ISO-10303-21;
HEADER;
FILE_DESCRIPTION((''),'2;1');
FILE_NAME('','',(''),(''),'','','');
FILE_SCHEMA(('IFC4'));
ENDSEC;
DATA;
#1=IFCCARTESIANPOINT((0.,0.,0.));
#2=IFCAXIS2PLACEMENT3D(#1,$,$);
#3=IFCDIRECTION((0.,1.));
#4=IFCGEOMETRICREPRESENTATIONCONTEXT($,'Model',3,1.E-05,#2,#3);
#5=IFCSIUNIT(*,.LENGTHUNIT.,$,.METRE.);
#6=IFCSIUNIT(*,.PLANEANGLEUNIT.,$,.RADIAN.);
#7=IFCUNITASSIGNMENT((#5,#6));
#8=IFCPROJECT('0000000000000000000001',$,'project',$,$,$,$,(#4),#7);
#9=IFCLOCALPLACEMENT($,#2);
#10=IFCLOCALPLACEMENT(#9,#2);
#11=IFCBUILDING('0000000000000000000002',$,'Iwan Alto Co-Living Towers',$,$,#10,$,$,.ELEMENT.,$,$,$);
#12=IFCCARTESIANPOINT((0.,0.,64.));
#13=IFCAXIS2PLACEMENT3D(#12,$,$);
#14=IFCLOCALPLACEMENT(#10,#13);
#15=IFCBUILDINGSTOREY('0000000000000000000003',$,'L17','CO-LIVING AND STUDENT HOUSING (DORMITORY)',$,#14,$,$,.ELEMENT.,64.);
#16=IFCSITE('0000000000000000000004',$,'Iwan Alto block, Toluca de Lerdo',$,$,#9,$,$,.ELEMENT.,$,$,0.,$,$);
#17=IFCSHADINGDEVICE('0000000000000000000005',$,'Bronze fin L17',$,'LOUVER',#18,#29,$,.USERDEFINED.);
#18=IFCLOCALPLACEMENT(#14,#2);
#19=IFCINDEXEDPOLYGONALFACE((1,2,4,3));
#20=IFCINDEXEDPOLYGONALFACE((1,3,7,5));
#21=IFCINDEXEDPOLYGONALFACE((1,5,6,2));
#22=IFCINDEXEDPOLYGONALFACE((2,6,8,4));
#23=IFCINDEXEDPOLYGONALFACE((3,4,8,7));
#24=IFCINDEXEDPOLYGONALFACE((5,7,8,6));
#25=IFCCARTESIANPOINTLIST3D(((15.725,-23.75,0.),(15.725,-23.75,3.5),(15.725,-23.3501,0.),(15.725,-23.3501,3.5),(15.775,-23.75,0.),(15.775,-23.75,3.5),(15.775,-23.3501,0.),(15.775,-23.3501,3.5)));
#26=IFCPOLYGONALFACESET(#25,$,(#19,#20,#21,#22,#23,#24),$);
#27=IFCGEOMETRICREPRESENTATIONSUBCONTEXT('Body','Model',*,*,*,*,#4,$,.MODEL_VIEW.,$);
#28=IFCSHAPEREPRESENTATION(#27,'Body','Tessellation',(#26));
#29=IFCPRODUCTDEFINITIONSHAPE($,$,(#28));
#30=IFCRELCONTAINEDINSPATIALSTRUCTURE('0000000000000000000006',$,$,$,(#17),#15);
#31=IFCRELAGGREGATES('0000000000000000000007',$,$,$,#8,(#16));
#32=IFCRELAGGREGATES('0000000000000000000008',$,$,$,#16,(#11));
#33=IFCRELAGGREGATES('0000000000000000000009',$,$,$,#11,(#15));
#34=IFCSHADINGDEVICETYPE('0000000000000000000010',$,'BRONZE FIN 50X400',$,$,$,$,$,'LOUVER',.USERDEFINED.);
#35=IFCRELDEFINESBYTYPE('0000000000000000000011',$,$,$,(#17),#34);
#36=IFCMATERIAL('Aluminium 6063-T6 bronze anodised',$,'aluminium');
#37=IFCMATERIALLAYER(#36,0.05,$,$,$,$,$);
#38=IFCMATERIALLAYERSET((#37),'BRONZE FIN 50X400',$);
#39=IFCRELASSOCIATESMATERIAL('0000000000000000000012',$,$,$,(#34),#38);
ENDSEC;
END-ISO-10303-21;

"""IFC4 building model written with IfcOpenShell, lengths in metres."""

from ifc_helpers import new_model, si_unit, direction, frame, origin, origin_2d, place, context, subcontext, project, spatial, rectangle, extrude, material, layer, layer_set, type_object, element, save


model = new_model("IFC4")

# Units and contexts
model_context = context("Model", 3, precision=1e-05, world=origin(), true_north=direction((0.0, 1.0)))
body_context = subcontext(model_context, "Body", "Model", "MODEL_VIEW")
ifc_project = project(units=[si_unit("LENGTHUNIT", "METRE"), si_unit("PLANEANGLEUNIT", "RADIAN")], contexts=[model_context])

# Site, building, storey
site_placement = place(None, origin())
site = spatial("IfcSite", under=ifc_project, at=site_placement, Name="Iwan Alto block, Toluca de Lerdo", CompositionType="ELEMENT", RefElevation=0.0)
building_placement = place(site_placement, origin())
building = spatial("IfcBuilding", under=site, at=building_placement, Name="Iwan Alto Co-Living Towers", CompositionType="ELEMENT")
storey_placement = place(building_placement, frame((0.0, 0.0, 64.0)))
storey = spatial("IfcBuildingStorey", under=building, at=storey_placement, Name="L17", Description="CO-LIVING AND STUDENT HOUSING (DORMITORY)", CompositionType="ELEMENT", Elevation=64.0)

# Shading device
ifc_material_1 = material(Name="Aluminium 6063-T6 bronze anodised", Category="aluminium")
ifc_layer_1 = layer(ifc_material_1, 0.05)
ifc_layer_set_1 = layer_set([ifc_layer_1], Name="BRONZE FIN 50X400")
shading_device_type = type_object("IfcShadingDeviceType", Name="BRONZE FIN 50X400", ElementType="LOUVER", PredefinedType="USERDEFINED", material=ifc_layer_set_1)
shading_device_placement = place(storey_placement, frame((15.75, -23.55, 0.0), z_axis=(0.0, 0.0, 1.0), x_axis=(1.0, 0.0, 0.0)))
element("IfcShadingDevice", 1, at=shading_device_placement, inside=storey, type_object=shading_device_type, Name="Bronze fin L17", ObjectType="LOUVER", PredefinedType="USERDEFINED", context=body_context, shape_type="SweptSolid", body=[
    extrude(rectangle(XDim=0.05, YDim=0.3999, at=origin_2d()), origin(), (0.0, 0.0, 1.0), 3.5),
])

save(model, "model.ifc")
